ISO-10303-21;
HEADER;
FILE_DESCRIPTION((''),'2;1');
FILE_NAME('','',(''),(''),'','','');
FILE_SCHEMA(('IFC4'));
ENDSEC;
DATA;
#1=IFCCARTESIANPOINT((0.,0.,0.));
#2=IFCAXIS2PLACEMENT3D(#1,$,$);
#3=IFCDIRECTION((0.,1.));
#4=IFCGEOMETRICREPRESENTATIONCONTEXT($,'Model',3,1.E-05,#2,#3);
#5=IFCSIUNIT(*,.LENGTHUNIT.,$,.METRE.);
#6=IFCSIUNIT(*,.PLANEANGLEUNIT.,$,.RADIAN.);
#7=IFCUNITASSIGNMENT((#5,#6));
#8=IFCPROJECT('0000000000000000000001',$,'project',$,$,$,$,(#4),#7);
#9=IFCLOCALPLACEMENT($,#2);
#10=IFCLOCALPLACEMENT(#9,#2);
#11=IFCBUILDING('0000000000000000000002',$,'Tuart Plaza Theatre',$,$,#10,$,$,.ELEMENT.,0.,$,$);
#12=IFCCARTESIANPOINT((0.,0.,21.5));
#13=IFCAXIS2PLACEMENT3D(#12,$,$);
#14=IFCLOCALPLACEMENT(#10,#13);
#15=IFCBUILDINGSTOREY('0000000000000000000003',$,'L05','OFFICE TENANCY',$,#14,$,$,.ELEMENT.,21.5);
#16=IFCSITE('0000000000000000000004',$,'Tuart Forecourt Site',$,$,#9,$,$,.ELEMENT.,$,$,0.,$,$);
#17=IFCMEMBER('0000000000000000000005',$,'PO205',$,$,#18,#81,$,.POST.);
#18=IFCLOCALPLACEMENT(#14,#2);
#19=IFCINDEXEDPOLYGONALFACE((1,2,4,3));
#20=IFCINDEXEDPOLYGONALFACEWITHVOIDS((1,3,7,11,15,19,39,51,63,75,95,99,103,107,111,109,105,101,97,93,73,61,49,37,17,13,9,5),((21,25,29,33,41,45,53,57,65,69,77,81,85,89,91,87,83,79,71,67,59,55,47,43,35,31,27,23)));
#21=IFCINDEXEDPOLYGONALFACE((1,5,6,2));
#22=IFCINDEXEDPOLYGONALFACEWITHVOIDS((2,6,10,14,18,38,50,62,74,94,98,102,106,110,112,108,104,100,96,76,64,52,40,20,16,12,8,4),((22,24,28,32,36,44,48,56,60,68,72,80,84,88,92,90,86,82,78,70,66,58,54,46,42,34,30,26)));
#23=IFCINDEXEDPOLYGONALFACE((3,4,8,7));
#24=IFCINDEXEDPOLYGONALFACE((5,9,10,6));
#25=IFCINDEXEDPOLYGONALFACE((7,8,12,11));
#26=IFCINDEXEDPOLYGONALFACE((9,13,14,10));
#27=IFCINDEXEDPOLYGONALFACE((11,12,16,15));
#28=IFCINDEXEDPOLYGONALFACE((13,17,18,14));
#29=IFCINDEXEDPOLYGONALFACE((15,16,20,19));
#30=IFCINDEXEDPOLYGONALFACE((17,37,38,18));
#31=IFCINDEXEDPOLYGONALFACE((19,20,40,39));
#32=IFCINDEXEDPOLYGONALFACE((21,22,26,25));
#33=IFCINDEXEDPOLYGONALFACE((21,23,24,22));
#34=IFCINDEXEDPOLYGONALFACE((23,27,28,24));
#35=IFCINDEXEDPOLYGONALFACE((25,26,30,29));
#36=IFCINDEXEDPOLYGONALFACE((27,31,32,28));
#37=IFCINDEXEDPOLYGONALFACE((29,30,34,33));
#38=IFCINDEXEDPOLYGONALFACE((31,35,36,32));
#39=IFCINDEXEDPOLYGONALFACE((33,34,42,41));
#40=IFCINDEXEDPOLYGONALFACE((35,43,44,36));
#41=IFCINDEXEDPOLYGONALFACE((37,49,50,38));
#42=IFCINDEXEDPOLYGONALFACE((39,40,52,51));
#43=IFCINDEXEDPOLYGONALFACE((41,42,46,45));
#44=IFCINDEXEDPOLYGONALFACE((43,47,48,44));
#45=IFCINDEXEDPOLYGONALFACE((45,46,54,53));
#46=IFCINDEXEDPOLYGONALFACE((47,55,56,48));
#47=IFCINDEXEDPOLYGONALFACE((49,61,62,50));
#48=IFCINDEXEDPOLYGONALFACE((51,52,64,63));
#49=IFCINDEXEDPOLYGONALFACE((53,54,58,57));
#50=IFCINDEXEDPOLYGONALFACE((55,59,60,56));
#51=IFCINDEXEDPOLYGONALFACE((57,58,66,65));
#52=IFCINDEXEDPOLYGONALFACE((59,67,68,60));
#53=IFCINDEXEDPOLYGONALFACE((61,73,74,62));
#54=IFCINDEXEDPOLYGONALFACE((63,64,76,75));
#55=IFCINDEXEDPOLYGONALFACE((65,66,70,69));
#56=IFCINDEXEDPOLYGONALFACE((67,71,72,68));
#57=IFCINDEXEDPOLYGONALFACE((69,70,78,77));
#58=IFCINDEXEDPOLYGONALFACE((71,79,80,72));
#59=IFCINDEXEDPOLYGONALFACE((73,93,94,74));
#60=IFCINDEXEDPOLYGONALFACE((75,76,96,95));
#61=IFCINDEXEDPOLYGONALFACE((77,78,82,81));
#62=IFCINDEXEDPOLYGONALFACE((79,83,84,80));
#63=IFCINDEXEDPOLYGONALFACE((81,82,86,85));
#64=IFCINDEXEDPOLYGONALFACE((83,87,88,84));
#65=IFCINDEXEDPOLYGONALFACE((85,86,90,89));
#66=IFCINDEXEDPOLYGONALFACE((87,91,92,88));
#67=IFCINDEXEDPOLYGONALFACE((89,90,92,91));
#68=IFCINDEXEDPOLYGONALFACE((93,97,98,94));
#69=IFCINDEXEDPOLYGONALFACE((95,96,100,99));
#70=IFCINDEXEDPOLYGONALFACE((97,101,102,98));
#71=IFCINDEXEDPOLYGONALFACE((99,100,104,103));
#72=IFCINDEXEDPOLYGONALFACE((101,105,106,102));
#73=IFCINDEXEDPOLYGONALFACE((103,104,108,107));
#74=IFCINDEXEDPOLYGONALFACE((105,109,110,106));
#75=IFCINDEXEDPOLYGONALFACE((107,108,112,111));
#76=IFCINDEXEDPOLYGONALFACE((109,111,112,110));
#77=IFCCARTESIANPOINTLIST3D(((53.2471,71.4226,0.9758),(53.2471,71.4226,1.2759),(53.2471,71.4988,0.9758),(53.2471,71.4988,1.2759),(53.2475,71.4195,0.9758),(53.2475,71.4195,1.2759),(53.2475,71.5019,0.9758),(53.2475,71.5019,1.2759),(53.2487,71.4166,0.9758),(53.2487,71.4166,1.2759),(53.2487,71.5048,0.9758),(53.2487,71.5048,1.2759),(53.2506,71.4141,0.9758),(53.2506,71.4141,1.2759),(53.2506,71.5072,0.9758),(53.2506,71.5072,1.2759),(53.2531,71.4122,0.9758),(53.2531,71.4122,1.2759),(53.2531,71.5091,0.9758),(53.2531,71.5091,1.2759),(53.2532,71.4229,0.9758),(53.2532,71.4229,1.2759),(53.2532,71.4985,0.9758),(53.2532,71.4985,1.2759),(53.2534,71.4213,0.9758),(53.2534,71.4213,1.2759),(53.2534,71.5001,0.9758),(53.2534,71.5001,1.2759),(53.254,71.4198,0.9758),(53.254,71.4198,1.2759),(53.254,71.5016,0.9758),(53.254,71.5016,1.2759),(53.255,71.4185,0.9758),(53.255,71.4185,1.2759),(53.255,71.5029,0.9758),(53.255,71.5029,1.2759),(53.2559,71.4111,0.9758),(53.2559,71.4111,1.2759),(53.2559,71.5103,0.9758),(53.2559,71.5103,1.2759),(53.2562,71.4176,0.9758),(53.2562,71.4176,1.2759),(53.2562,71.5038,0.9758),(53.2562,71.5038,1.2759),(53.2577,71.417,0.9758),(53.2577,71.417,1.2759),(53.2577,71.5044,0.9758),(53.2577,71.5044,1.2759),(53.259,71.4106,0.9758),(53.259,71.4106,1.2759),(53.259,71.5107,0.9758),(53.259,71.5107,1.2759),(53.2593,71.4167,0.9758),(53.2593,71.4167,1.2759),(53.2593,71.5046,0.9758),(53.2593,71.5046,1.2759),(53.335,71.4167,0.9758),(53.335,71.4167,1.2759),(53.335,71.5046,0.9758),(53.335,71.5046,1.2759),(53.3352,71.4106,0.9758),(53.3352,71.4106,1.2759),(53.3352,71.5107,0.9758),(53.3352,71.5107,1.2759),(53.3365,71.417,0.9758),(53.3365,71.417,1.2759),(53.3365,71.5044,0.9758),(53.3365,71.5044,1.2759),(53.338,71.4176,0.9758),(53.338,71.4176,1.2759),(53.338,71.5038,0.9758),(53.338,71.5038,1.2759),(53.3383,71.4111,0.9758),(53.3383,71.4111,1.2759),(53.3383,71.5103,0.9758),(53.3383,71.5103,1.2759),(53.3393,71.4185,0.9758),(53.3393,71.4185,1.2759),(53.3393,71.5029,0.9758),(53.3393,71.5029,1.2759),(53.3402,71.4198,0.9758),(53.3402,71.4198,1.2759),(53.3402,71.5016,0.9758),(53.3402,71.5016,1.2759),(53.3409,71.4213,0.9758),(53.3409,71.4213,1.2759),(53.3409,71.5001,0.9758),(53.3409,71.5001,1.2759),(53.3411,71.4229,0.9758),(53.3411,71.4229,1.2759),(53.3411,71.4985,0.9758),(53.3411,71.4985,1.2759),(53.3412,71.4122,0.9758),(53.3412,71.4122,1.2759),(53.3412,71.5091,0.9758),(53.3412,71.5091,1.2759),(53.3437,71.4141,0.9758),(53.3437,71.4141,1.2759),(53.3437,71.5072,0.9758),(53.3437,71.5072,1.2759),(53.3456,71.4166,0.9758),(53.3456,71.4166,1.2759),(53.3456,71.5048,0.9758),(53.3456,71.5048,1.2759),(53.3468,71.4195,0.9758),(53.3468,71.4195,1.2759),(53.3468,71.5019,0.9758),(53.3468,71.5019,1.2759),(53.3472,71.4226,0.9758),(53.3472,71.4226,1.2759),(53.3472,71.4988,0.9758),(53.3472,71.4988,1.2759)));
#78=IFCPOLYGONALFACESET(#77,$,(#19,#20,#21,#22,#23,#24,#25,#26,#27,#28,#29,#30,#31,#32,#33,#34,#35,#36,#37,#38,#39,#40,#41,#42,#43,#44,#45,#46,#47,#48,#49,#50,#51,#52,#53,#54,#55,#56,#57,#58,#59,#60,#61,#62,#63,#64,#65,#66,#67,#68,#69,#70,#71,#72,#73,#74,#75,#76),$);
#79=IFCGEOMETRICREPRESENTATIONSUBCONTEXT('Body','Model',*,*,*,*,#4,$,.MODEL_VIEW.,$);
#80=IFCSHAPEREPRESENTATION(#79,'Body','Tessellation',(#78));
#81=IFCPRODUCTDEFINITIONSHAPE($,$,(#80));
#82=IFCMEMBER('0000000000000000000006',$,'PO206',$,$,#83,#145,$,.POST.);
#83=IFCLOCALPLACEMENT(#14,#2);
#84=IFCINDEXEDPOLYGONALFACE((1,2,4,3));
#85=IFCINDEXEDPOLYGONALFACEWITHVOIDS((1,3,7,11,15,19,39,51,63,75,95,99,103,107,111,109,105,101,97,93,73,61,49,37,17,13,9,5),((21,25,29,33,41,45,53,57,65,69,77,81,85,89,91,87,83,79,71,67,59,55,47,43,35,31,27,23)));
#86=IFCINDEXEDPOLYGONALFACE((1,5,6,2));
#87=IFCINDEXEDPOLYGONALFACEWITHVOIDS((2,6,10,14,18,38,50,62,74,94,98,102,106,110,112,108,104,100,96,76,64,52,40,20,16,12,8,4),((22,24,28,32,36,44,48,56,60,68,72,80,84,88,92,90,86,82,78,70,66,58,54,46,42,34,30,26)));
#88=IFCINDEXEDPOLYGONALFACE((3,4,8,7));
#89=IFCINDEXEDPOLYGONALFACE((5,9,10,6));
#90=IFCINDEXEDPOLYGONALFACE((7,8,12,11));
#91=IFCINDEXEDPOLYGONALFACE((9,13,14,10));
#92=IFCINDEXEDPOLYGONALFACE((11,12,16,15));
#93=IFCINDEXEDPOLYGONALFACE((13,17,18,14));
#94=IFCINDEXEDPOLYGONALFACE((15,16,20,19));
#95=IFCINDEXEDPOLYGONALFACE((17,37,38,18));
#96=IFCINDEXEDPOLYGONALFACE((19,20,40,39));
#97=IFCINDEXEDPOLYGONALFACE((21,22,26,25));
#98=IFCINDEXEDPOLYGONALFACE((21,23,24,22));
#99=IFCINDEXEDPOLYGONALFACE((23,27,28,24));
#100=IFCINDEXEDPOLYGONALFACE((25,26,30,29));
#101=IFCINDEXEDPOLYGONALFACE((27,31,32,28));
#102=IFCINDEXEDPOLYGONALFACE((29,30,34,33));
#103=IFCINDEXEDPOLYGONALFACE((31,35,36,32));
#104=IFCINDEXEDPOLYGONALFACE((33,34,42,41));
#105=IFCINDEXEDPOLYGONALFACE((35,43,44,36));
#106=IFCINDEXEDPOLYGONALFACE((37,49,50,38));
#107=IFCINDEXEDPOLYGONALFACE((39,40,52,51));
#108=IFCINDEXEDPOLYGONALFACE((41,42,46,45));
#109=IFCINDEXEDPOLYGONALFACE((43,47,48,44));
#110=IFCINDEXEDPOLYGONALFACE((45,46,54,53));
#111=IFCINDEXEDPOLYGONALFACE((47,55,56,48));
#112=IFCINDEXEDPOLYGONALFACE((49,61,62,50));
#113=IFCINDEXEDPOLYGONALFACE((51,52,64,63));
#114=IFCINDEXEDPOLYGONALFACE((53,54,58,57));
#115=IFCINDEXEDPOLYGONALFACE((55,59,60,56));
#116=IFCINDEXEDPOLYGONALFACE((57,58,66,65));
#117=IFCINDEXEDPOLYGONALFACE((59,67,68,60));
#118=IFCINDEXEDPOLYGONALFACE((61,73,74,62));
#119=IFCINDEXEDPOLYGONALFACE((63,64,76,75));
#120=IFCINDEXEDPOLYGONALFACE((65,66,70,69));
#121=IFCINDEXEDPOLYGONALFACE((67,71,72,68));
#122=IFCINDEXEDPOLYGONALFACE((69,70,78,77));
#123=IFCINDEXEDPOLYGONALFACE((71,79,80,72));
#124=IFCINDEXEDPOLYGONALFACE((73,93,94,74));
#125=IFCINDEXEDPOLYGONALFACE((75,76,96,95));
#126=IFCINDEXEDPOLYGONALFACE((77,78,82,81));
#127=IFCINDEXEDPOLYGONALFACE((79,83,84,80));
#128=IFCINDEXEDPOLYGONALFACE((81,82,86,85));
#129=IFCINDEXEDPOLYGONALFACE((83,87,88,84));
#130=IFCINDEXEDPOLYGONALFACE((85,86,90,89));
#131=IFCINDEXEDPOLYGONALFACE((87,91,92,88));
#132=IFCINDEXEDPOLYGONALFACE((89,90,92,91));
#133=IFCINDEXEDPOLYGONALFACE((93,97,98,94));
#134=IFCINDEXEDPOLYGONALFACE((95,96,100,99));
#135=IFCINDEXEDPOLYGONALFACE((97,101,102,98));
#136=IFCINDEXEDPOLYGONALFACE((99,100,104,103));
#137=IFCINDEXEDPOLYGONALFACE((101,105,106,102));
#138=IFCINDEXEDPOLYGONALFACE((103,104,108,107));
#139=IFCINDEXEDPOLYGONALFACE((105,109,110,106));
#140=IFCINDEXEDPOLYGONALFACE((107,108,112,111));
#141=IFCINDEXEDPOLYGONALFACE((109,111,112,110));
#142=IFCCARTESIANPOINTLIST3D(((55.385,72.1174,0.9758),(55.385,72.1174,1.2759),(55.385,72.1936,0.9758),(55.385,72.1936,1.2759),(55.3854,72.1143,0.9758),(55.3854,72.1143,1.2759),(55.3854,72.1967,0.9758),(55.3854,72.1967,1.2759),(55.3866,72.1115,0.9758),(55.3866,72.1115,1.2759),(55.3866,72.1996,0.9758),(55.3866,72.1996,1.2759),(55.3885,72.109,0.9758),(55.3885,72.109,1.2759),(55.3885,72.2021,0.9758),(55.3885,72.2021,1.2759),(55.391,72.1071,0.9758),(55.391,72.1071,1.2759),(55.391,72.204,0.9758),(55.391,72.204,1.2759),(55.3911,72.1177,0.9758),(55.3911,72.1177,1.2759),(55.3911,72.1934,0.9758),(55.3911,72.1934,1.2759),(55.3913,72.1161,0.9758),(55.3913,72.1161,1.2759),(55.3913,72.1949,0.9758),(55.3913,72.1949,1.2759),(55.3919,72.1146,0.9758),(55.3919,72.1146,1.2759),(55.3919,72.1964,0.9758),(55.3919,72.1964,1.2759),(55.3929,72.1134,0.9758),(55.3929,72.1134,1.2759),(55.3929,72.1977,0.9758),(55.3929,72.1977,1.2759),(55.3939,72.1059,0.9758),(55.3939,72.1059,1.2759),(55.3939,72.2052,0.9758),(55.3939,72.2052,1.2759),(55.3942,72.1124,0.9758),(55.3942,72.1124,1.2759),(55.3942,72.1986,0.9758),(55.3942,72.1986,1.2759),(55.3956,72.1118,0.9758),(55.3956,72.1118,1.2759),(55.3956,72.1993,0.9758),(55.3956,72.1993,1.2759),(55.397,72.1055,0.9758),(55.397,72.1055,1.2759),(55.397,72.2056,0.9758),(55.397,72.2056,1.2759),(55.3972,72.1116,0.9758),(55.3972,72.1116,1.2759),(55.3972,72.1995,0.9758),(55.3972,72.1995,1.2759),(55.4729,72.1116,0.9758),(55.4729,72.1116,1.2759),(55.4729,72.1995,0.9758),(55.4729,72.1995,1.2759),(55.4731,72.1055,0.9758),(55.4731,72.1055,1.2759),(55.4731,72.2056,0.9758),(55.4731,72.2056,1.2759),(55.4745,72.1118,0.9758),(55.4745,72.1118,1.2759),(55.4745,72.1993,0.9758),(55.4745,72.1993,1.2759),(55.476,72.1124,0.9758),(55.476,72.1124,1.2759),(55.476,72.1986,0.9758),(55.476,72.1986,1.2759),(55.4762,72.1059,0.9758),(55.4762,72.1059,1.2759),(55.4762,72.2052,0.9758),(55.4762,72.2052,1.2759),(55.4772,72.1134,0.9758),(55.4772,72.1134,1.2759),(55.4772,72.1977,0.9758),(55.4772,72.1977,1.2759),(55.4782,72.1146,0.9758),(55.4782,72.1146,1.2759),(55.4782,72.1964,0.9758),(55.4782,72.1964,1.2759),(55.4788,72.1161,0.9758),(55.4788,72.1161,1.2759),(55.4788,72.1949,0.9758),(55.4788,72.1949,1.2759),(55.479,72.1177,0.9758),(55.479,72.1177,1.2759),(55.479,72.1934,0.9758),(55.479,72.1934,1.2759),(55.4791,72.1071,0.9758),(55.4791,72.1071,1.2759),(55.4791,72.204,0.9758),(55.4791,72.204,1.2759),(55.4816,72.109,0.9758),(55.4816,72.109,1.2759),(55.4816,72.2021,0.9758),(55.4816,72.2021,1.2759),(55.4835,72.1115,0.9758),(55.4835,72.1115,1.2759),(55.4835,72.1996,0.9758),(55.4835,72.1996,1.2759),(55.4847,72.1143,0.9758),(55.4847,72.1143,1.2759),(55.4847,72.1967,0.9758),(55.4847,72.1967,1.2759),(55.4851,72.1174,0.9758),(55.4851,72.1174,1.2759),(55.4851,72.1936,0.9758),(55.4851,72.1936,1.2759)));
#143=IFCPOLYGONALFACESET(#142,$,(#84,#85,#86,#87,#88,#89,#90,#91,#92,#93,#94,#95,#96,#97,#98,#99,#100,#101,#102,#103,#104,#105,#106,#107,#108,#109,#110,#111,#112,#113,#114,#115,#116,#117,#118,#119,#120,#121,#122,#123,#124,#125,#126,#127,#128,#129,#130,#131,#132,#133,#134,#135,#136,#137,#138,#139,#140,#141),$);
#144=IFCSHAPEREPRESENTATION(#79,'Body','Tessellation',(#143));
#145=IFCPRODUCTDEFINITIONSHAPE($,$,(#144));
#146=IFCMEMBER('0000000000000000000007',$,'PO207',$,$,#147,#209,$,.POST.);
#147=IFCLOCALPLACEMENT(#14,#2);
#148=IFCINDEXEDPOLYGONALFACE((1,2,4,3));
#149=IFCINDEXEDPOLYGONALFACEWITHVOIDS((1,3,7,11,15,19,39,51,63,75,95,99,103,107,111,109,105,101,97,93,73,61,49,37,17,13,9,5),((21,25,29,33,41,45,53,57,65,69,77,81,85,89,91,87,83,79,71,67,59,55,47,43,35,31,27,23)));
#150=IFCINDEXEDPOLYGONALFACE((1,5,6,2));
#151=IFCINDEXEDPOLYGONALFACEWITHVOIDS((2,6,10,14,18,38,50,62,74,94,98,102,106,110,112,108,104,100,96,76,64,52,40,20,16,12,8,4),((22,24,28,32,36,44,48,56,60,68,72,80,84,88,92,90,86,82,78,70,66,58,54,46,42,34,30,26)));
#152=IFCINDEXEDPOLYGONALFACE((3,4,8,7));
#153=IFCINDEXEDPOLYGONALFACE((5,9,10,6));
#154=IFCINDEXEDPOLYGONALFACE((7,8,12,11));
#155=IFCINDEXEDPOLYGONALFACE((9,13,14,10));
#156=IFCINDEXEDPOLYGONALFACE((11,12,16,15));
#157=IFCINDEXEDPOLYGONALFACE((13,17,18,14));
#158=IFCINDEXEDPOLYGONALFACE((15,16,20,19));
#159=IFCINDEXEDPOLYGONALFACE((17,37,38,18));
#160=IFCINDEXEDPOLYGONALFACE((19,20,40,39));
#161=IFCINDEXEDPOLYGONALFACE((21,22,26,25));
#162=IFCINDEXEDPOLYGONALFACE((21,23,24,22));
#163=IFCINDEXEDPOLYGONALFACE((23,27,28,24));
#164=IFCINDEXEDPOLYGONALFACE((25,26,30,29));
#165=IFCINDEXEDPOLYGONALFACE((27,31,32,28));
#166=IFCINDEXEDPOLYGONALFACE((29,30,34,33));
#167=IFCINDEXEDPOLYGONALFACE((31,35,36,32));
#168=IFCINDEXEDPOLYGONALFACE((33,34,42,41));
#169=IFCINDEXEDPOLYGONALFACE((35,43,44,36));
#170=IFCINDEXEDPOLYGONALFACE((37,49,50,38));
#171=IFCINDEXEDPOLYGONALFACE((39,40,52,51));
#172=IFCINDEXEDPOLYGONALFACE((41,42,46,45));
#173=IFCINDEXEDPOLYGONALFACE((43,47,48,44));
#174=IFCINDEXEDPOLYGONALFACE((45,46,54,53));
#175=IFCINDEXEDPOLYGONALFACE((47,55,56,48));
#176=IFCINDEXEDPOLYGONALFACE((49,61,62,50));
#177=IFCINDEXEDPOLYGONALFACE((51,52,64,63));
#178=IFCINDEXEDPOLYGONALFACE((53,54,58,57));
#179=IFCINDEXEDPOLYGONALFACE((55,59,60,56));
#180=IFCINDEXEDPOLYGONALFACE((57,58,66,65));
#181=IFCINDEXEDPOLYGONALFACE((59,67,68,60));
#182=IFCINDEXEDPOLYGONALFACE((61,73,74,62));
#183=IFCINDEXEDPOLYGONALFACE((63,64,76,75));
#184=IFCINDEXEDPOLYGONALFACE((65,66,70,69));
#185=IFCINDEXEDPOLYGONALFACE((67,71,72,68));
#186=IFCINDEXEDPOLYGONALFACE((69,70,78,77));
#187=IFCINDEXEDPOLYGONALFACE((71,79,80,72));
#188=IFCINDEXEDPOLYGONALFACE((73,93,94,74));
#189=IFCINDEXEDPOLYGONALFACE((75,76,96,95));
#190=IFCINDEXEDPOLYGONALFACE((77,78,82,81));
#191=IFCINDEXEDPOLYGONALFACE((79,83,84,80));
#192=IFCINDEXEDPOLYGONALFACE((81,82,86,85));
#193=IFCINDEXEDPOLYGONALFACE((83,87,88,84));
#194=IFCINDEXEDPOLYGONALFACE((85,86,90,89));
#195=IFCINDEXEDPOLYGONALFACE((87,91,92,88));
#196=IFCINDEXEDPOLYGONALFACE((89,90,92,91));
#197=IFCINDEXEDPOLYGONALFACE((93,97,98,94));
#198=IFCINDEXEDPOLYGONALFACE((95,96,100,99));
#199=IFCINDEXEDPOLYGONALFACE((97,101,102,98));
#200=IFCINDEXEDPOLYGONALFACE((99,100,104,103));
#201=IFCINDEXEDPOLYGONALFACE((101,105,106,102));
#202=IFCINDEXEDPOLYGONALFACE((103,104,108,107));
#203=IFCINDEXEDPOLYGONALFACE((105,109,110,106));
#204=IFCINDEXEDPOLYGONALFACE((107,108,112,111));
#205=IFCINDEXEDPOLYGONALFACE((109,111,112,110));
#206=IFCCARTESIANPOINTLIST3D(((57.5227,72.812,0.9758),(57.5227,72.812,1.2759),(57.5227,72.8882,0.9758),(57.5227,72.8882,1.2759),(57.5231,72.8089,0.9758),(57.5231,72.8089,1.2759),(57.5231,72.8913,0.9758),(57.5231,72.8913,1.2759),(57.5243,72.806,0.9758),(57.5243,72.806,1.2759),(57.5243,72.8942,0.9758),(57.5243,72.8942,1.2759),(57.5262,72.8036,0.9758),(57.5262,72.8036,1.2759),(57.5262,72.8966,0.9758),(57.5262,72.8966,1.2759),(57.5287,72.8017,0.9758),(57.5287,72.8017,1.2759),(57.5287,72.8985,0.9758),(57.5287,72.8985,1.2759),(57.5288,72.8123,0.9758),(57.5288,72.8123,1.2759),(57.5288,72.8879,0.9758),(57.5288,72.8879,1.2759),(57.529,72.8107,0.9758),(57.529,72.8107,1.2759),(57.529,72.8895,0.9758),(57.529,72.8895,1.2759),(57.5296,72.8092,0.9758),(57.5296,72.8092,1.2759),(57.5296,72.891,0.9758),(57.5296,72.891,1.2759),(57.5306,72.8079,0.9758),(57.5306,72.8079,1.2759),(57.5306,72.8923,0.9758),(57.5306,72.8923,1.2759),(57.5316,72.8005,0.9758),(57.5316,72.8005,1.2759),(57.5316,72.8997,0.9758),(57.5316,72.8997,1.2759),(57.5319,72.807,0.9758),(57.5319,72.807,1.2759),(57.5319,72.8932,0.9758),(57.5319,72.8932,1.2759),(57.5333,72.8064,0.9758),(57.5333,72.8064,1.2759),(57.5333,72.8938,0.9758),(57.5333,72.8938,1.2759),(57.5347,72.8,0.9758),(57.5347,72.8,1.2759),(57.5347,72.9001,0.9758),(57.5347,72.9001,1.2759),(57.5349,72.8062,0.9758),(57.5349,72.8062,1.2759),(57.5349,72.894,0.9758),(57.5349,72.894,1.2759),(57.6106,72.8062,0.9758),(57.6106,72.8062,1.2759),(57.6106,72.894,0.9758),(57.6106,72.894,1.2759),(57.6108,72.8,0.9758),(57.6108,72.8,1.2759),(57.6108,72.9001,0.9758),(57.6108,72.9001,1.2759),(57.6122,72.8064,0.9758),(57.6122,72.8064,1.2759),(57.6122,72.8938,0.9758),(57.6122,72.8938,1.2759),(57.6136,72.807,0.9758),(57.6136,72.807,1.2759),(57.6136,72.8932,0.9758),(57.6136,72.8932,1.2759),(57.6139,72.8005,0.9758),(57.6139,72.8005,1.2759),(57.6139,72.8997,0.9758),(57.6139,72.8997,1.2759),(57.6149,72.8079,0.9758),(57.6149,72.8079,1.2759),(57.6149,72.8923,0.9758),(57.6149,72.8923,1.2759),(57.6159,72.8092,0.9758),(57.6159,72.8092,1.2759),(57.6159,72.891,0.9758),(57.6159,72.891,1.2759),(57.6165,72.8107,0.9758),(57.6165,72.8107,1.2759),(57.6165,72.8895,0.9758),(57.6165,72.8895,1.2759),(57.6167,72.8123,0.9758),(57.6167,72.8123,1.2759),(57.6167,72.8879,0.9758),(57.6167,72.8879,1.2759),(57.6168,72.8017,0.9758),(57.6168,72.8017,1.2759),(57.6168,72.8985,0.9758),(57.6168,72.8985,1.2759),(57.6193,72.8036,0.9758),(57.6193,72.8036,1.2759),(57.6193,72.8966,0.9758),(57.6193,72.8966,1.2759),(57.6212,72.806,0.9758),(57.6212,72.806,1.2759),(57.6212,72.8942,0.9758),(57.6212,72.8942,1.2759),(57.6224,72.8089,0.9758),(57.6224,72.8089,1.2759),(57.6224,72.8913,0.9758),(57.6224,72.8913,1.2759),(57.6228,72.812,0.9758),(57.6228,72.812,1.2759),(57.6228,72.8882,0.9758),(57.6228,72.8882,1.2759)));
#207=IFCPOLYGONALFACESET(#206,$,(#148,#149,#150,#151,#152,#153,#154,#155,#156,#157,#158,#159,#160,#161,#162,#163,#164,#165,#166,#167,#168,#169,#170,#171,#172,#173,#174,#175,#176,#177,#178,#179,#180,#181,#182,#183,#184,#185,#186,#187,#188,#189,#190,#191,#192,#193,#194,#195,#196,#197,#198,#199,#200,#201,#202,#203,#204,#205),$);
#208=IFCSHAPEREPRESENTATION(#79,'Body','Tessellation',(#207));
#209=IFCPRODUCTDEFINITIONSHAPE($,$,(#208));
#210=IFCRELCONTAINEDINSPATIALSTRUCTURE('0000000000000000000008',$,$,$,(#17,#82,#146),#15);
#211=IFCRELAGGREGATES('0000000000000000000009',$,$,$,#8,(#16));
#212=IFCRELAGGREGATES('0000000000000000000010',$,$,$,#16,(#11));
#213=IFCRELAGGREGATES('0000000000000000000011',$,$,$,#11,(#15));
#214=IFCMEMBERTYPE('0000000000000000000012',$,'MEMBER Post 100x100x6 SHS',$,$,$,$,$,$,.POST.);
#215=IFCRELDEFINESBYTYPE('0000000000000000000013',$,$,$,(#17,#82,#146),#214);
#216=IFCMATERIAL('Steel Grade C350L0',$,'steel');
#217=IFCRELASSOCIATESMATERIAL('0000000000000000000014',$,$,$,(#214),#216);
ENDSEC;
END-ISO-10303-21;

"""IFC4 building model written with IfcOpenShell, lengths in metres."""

from ifc_helpers import new_model, si_unit, direction, frame, origin, origin_2d, place, context, subcontext, project, spatial, hollow_rectangle, extrude, material, material_profile, profile_set, type_object, element, save


model = new_model("IFC4")

# Units and contexts
model_context = context("Model", 3, precision=1e-05, world=origin(), true_north=direction((0.0, 1.0)))
body_context = subcontext(model_context, "Body", "Model", "MODEL_VIEW")
ifc_project = project(units=[si_unit("LENGTHUNIT", "METRE"), si_unit("PLANEANGLEUNIT", "RADIAN")], contexts=[model_context])

# Site, building, storey
site_placement = place(None, origin())
site = spatial("IfcSite", under=ifc_project, at=site_placement, Name="Tuart Forecourt Site", CompositionType="ELEMENT", RefElevation=0.0)
building_placement = place(site_placement, origin())
building = spatial("IfcBuilding", under=site, at=building_placement, Name="Tuart Plaza Theatre", CompositionType="ELEMENT", ElevationOfRefHeight=0.0)
storey_placement = place(building_placement, frame((0.0, 0.0, 21.5)))
storey = spatial("IfcBuildingStorey", under=building, at=storey_placement, Name="L05", Description="OFFICE TENANCY", CompositionType="ELEMENT", Elevation=21.5)

# Members
ifc_material_1 = material(Name="Steel Grade C350L0", Category="steel")
ifc_material_profile_1 = material_profile(ifc_material_1, hollow_rectangle(XDim=0.1001, YDim=0.1001, WallThickness=0.0061, InnerFilletRadius=0.0061, OuterFilletRadius=0.012, at=origin_2d()), Name="100x100x6 SHS")
ifc_profile_set_1 = profile_set([ifc_material_profile_1], Name="Steel Grade C350L0")
member_type_1 = type_object("IfcMemberType", Name="MEMBER Post 100x100x6 SHS", PredefinedType="POST", material=ifc_profile_set_1)
for number, where, z_axis, x_axis, name in (
    (1, (53.2971, 71.4607, 0.9758), (0.0, 0.0, 1.0), (1.0, 0.0, 0.0), "PO205"),
    (2, (55.4351, 72.1555, 0.9758), (0.0, 0.0, 1.0), (1.0, 0.0, 0.0), "PO206"),
    (3, (57.5728, 72.8501, 0.9758), (0.0, 0.0, 1.0), (1.0, 0.0, 0.0), "PO207"),
):
    element("IfcMember", number, at=place(storey_placement, frame(where, z_axis=z_axis, x_axis=x_axis)), inside=storey, type_object=member_type_1, Name=name, PredefinedType="POST", context=body_context, shape_type="SweptSolid", body=[
        extrude(hollow_rectangle(XDim=0.1001, YDim=0.1001, WallThickness=0.0061, InnerFilletRadius=0.0061, OuterFilletRadius=0.012, at=origin_2d()), origin(), (0.0, 0.0, 1.0), 0.3),
    ])

save(model, "model.ifc")
